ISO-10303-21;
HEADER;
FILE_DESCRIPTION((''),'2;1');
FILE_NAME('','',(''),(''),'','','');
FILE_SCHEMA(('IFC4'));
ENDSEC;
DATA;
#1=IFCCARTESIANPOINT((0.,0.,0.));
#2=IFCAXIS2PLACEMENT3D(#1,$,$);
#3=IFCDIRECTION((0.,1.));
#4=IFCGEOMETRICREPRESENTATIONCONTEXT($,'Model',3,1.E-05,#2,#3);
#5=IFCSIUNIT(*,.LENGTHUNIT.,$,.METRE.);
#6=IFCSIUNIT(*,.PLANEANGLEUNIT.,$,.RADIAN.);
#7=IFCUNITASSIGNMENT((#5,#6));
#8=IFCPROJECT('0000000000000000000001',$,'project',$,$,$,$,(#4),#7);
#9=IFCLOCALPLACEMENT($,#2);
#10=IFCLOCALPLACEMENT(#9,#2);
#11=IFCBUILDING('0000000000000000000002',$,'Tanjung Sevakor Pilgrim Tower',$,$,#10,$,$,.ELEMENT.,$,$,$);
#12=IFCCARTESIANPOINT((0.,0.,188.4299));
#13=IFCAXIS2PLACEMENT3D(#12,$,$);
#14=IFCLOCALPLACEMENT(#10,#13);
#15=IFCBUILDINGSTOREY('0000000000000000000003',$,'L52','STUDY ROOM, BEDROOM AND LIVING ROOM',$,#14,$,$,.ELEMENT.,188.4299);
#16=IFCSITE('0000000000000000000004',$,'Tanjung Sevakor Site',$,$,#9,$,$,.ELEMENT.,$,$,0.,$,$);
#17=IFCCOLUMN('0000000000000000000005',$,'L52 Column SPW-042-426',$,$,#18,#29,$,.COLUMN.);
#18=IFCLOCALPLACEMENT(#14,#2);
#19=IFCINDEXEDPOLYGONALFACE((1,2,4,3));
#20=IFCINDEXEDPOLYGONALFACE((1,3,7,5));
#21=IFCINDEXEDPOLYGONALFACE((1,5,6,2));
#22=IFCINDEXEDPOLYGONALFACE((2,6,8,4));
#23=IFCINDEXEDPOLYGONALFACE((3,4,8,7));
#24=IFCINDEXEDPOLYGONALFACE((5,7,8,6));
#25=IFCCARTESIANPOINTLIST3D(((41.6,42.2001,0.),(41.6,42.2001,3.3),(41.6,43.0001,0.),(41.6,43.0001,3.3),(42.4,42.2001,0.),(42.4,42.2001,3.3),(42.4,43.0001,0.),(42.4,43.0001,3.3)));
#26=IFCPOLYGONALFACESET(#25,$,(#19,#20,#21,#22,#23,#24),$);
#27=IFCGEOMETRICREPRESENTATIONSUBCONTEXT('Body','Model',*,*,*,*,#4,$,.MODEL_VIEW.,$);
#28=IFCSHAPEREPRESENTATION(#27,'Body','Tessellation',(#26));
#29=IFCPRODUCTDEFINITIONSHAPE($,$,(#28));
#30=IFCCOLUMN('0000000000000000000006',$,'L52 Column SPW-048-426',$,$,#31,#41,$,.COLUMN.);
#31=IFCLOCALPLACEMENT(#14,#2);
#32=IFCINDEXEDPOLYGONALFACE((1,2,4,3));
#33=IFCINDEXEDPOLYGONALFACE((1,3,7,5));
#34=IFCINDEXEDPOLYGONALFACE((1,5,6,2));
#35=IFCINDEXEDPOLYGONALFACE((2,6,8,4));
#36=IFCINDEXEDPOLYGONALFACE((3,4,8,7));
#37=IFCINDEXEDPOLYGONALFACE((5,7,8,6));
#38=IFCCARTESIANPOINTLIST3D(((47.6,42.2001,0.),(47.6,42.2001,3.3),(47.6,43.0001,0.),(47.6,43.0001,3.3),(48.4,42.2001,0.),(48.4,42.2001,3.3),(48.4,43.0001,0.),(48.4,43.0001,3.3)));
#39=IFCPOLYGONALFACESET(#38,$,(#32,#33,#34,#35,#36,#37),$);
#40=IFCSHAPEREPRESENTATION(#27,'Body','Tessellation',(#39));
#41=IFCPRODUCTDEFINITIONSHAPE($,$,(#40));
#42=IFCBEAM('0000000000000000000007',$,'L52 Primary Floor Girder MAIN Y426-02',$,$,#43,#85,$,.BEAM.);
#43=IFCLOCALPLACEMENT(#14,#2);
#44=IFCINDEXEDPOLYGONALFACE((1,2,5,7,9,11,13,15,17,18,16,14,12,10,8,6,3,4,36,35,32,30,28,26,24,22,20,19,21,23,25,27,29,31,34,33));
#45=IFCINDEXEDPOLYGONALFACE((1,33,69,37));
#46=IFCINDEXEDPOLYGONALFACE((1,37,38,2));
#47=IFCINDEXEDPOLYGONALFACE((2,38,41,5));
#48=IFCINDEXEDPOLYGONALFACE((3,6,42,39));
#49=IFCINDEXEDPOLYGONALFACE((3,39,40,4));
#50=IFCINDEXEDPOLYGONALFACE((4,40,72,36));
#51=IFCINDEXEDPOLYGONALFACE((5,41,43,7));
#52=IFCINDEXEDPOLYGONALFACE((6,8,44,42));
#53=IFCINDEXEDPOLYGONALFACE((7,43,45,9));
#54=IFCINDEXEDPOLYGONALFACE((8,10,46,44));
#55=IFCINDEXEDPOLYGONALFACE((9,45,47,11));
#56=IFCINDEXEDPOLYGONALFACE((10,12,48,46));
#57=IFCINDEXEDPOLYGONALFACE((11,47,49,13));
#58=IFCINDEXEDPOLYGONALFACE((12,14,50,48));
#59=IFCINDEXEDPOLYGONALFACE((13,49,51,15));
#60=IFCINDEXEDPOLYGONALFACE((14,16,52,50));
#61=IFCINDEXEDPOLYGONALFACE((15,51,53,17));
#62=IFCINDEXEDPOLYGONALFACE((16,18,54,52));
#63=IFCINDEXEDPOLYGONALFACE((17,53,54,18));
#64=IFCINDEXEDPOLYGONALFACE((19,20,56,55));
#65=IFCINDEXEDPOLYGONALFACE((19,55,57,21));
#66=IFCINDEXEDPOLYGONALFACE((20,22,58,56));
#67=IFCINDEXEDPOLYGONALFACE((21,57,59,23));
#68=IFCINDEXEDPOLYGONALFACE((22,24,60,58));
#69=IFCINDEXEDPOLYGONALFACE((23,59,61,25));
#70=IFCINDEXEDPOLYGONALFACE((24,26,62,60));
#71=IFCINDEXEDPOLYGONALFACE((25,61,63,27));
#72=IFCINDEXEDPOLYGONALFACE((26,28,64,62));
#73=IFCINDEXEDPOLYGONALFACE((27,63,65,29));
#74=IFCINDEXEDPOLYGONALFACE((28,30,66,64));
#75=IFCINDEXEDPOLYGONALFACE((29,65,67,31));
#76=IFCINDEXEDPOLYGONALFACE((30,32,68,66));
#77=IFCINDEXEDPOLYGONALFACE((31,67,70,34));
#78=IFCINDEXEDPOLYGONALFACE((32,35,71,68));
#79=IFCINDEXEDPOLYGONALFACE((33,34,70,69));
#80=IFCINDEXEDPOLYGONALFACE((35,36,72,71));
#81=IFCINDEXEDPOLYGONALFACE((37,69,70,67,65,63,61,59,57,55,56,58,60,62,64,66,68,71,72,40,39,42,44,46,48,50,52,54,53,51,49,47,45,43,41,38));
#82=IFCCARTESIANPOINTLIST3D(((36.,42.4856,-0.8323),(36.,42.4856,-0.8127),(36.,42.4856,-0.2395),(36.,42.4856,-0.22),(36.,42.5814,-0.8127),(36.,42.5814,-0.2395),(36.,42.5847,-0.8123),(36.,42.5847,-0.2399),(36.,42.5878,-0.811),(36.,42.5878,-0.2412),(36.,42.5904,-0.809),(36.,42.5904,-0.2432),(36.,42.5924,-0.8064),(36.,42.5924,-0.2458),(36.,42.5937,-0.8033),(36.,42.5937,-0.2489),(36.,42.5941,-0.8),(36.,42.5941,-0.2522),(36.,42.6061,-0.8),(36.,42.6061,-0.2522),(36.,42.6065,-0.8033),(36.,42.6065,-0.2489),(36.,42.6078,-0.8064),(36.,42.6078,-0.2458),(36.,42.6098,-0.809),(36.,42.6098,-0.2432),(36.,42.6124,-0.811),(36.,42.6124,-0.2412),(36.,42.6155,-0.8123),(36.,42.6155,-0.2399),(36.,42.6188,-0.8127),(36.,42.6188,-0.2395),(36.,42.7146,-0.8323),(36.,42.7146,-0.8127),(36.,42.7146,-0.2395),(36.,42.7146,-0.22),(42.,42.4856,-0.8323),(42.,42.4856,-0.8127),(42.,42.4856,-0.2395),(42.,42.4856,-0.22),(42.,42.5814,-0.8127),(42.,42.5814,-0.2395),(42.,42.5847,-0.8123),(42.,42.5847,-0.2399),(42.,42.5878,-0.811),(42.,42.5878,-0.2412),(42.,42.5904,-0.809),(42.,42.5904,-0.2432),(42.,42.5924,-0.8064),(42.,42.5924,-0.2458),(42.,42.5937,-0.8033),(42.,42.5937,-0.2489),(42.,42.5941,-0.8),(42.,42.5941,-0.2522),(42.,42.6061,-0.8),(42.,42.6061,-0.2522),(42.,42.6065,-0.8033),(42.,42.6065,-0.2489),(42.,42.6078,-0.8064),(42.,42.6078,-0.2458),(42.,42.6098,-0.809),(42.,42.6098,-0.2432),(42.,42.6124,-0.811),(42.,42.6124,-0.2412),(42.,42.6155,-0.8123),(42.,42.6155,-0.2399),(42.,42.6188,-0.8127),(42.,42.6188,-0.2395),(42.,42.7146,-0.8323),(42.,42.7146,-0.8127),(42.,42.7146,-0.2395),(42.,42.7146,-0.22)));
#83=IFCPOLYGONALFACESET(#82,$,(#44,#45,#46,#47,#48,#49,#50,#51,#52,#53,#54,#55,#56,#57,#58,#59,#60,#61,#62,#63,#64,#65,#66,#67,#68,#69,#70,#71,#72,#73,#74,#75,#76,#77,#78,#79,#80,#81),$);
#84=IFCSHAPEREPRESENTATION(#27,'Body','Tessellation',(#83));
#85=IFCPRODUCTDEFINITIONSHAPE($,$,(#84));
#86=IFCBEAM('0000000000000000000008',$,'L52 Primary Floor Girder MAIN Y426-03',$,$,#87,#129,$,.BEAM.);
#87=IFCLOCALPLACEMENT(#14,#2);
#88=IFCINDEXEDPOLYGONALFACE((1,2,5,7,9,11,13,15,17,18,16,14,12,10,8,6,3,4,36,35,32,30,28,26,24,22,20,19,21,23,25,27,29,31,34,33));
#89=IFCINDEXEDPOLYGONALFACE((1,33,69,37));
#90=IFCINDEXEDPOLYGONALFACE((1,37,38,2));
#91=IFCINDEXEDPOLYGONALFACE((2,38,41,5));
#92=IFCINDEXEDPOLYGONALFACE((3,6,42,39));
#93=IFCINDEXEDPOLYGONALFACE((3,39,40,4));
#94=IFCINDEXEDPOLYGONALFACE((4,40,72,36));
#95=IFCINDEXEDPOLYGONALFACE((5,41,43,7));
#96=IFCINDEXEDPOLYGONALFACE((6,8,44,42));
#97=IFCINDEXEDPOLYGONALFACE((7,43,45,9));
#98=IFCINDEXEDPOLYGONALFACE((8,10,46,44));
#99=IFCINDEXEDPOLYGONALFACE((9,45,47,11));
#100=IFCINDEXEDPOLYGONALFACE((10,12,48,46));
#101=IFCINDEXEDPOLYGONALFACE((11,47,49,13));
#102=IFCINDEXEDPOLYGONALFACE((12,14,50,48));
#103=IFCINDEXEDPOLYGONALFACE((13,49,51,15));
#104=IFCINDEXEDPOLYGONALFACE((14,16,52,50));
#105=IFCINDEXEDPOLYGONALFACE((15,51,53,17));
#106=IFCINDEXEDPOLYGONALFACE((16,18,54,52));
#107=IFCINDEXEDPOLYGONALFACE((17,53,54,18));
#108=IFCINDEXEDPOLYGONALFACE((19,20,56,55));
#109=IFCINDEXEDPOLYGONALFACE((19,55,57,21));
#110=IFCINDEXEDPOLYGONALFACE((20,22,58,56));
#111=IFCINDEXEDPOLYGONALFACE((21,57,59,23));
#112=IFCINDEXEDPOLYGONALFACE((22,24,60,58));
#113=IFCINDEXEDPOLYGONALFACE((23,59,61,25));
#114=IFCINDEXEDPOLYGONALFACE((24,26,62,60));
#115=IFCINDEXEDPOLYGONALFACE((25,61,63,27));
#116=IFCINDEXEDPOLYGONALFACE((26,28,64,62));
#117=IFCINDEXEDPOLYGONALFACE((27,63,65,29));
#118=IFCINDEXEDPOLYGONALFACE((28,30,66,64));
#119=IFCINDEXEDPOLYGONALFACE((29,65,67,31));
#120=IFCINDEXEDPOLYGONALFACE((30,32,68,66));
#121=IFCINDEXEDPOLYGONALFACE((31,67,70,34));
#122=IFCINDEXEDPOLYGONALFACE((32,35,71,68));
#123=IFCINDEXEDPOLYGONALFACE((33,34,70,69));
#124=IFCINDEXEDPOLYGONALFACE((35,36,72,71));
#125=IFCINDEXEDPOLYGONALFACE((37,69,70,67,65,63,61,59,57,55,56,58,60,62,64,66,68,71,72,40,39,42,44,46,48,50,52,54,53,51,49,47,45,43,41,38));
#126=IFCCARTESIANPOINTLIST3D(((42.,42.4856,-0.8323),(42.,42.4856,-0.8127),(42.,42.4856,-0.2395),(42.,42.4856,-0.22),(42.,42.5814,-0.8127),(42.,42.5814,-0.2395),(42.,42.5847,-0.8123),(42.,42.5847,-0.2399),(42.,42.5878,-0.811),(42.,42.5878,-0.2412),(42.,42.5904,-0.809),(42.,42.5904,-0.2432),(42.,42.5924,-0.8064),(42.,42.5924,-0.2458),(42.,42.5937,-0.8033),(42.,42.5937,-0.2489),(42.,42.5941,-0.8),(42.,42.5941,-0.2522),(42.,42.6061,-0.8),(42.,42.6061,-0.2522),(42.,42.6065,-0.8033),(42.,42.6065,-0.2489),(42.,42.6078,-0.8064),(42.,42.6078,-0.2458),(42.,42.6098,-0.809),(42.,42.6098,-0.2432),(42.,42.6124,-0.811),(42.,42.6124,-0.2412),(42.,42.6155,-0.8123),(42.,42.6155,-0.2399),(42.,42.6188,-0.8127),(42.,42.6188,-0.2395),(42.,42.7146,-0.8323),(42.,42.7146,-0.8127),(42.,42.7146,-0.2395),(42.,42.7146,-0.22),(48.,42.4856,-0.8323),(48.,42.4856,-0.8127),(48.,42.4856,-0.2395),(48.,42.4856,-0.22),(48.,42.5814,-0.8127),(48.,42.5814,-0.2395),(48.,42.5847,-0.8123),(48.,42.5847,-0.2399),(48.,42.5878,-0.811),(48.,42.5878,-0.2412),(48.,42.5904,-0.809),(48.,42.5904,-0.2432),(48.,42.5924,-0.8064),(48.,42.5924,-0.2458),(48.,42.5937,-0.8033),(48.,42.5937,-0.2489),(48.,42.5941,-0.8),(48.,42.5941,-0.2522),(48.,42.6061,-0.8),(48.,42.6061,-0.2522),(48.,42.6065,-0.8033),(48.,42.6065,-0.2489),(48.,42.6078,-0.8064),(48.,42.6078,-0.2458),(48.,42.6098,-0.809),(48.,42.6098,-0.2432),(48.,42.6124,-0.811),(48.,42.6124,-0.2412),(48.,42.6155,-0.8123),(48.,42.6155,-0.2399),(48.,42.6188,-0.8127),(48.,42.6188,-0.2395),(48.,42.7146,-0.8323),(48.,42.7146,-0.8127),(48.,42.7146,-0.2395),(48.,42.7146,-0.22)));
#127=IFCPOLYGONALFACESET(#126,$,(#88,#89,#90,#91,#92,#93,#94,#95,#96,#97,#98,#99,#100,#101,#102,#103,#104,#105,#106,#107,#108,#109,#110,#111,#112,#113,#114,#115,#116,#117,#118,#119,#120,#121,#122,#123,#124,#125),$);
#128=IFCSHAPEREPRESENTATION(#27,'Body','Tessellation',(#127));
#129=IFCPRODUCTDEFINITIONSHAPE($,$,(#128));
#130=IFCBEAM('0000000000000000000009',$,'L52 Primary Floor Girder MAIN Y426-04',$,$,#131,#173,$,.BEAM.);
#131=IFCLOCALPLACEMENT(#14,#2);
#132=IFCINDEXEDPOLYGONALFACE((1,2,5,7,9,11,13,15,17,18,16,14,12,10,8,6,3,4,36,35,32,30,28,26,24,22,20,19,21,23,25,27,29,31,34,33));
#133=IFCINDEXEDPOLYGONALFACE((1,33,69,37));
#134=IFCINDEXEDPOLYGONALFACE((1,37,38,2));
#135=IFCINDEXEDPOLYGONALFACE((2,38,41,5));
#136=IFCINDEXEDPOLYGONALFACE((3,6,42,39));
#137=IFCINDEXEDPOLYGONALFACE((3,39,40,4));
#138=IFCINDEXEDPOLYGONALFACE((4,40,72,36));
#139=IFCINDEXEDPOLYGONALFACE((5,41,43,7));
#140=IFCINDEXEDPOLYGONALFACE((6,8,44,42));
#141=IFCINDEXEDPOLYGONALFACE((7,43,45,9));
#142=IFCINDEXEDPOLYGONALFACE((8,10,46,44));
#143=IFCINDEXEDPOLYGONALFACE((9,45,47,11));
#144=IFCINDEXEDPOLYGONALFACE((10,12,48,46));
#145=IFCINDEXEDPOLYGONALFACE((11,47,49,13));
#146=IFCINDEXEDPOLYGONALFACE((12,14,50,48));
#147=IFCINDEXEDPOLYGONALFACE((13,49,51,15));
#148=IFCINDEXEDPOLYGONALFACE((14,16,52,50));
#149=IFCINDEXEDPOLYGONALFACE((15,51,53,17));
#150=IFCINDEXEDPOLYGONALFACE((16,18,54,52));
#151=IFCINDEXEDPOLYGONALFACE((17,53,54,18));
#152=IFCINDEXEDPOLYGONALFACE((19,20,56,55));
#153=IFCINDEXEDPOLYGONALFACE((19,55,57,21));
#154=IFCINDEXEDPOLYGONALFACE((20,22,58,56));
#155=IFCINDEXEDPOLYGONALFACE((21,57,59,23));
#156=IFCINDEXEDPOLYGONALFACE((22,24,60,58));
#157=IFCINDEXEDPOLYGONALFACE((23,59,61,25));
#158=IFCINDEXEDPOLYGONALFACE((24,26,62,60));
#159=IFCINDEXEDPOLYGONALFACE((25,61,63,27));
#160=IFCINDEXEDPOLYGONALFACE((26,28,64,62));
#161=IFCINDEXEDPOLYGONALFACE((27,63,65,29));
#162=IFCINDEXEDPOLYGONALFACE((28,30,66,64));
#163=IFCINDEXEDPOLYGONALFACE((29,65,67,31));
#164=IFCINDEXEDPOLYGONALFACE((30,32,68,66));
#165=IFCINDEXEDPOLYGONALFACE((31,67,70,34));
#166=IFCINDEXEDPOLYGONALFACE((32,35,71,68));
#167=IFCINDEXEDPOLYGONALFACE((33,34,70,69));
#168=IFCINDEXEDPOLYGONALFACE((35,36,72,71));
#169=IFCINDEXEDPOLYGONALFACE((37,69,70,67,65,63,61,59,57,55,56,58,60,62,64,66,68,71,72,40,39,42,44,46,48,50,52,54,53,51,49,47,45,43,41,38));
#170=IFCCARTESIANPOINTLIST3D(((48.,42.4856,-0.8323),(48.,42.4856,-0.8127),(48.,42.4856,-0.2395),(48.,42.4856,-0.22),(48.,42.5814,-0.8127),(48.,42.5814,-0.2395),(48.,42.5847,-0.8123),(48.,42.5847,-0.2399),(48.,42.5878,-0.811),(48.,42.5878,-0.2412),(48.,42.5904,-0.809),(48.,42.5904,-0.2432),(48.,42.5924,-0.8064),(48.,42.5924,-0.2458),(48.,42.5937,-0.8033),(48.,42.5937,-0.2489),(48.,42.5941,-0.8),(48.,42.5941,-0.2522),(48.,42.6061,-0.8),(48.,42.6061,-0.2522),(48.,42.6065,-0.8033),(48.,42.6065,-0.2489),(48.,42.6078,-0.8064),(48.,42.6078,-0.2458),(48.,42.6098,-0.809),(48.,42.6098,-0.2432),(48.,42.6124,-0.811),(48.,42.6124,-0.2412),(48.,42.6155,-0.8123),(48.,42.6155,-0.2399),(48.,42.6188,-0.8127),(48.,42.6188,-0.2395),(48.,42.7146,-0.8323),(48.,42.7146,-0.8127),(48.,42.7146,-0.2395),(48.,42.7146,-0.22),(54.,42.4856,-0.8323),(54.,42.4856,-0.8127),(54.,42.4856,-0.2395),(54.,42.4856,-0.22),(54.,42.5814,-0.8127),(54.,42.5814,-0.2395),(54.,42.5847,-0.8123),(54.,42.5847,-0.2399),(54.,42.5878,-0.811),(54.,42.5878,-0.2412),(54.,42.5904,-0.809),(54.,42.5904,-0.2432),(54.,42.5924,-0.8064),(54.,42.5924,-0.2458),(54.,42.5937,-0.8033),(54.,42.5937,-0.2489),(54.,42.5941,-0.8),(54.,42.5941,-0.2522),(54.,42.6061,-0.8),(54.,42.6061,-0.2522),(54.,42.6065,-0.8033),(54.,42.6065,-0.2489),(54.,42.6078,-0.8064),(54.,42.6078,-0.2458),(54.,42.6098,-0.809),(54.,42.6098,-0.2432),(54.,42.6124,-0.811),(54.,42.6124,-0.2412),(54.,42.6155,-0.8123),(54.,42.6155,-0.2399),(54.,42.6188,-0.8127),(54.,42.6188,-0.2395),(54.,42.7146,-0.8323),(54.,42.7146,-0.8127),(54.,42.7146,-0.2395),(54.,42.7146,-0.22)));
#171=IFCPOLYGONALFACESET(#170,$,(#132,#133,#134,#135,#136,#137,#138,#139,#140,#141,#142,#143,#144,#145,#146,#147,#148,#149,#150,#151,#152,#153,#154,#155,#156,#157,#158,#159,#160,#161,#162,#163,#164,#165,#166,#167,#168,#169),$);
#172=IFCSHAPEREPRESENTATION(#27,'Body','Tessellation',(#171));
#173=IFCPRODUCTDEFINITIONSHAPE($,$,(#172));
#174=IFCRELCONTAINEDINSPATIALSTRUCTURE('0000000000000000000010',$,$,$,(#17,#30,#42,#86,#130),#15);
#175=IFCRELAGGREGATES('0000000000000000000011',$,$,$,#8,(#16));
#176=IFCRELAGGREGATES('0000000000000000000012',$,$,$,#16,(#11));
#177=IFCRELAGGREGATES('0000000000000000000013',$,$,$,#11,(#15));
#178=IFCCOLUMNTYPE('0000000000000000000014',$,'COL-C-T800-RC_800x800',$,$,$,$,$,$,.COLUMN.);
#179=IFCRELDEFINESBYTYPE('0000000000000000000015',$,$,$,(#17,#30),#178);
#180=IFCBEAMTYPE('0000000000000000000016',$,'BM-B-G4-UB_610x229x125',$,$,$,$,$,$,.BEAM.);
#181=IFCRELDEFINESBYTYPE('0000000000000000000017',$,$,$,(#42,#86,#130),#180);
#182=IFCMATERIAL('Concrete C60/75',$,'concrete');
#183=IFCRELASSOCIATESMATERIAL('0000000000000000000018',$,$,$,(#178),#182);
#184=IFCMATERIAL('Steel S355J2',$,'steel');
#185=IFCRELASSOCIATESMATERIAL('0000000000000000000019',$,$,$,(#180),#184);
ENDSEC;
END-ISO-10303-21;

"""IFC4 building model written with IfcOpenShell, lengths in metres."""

from ifc_helpers import new_model, si_unit, direction, frame, origin, origin_2d, place, context, subcontext, project, spatial, rectangle, i_section, extrude, material, material_profile, profile_set, type_object, element, save


model = new_model("IFC4")

# Units and contexts
model_context = context("Model", 3, precision=1e-05, world=origin(), true_north=direction((0.0, 1.0)))
body_context = subcontext(model_context, "Body", "Model", "MODEL_VIEW")
ifc_project = project(units=[si_unit("LENGTHUNIT", "METRE"), si_unit("PLANEANGLEUNIT", "RADIAN")], contexts=[model_context])

# Site, building, storey
site_placement = place(None, origin())
site = spatial("IfcSite", under=ifc_project, at=site_placement, Name="Tanjung Sevakor Site", CompositionType="ELEMENT", RefElevation=0.0)
building_placement = place(site_placement, origin())
building = spatial("IfcBuilding", under=site, at=building_placement, Name="Tanjung Sevakor Pilgrim Tower", CompositionType="ELEMENT")
storey_placement = place(building_placement, frame((0.0, 0.0, 188.4299)))
storey = spatial("IfcBuildingStorey", under=building, at=storey_placement, Name="L52", Description="STUDY ROOM, BEDROOM AND LIVING ROOM", CompositionType="ELEMENT", Elevation=188.4299)

# Columns
ifc_material_1 = material(Name="Concrete C60/75", Category="concrete")
ifc_material_profile_1 = material_profile(ifc_material_1, rectangle(XDim=0.8, YDim=0.8, at=origin_2d()))
ifc_profile_set_1 = profile_set([ifc_material_profile_1], Name="Concrete C60/75")
column_type = type_object("IfcColumnType", Name="COL-C-T800-RC_800x800", PredefinedType="COLUMN", material=ifc_profile_set_1)
for number, where, z_axis, x_axis, name in (
    (1, (42.0, 42.6001, 0.0), (0.0, 0.0, 1.0), (1.0, 0.0, 0.0), "L52 Column SPW-042-426"),
    (2, (48.0, 42.6001, 0.0), (0.0, 0.0, 1.0), (1.0, 0.0, 0.0), "L52 Column SPW-048-426"),
):
    element("IfcColumn", number, at=place(storey_placement, frame(where, z_axis=z_axis, x_axis=x_axis)), inside=storey, type_object=column_type, Name=name, PredefinedType="COLUMN", context=body_context, shape_type="SweptSolid", body=[
        extrude(rectangle(XDim=0.8, YDim=0.8, at=origin_2d()), origin(), (0.0, 0.0, 1.0), 3.3),
    ])

# Beams
ifc_material_2 = material(Name="Steel S355J2", Category="steel")
ifc_material_profile_2 = material_profile(ifc_material_2, i_section(OverallWidth=0.229, OverallDepth=0.6123, WebThickness=0.012, FlangeThickness=0.0195, FilletRadius=0.0127, at=origin_2d()))
ifc_profile_set_2 = profile_set([ifc_material_profile_2], Name="Steel S355J2")
beam_type_1 = type_object("IfcBeamType", Name="BM-B-G4-UB_610x229x125", PredefinedType="BEAM", material=ifc_profile_set_2)
for number, where, z_axis, x_axis, name in (
    (3, (36.0, 42.6001, -0.5261), (1.0, 0.0, 0.0), (0.0, 1.0, 0.0), "L52 Primary Floor Girder MAIN Y426-02"),
    (4, (42.0, 42.6001, -0.5261), (1.0, 0.0, 0.0), (0.0, 1.0, 0.0), "L52 Primary Floor Girder MAIN Y426-03"),
    (5, (48.0, 42.6001, -0.5261), (1.0, 0.0, 0.0), (0.0, 1.0, 0.0), "L52 Primary Floor Girder MAIN Y426-04"),
):
    element("IfcBeam", number, at=place(storey_placement, frame(where, z_axis=z_axis, x_axis=x_axis)), inside=storey, type_object=beam_type_1, Name=name, PredefinedType="BEAM", context=body_context, shape_type="SweptSolid", body=[
        extrude(i_section(OverallWidth=0.229, OverallDepth=0.6123, WebThickness=0.012, FlangeThickness=0.0195, FilletRadius=0.0127, at=origin_2d()), origin(), (0.0, 0.0, 1.0), 6.0),
    ])

save(model, "model.ifc")
